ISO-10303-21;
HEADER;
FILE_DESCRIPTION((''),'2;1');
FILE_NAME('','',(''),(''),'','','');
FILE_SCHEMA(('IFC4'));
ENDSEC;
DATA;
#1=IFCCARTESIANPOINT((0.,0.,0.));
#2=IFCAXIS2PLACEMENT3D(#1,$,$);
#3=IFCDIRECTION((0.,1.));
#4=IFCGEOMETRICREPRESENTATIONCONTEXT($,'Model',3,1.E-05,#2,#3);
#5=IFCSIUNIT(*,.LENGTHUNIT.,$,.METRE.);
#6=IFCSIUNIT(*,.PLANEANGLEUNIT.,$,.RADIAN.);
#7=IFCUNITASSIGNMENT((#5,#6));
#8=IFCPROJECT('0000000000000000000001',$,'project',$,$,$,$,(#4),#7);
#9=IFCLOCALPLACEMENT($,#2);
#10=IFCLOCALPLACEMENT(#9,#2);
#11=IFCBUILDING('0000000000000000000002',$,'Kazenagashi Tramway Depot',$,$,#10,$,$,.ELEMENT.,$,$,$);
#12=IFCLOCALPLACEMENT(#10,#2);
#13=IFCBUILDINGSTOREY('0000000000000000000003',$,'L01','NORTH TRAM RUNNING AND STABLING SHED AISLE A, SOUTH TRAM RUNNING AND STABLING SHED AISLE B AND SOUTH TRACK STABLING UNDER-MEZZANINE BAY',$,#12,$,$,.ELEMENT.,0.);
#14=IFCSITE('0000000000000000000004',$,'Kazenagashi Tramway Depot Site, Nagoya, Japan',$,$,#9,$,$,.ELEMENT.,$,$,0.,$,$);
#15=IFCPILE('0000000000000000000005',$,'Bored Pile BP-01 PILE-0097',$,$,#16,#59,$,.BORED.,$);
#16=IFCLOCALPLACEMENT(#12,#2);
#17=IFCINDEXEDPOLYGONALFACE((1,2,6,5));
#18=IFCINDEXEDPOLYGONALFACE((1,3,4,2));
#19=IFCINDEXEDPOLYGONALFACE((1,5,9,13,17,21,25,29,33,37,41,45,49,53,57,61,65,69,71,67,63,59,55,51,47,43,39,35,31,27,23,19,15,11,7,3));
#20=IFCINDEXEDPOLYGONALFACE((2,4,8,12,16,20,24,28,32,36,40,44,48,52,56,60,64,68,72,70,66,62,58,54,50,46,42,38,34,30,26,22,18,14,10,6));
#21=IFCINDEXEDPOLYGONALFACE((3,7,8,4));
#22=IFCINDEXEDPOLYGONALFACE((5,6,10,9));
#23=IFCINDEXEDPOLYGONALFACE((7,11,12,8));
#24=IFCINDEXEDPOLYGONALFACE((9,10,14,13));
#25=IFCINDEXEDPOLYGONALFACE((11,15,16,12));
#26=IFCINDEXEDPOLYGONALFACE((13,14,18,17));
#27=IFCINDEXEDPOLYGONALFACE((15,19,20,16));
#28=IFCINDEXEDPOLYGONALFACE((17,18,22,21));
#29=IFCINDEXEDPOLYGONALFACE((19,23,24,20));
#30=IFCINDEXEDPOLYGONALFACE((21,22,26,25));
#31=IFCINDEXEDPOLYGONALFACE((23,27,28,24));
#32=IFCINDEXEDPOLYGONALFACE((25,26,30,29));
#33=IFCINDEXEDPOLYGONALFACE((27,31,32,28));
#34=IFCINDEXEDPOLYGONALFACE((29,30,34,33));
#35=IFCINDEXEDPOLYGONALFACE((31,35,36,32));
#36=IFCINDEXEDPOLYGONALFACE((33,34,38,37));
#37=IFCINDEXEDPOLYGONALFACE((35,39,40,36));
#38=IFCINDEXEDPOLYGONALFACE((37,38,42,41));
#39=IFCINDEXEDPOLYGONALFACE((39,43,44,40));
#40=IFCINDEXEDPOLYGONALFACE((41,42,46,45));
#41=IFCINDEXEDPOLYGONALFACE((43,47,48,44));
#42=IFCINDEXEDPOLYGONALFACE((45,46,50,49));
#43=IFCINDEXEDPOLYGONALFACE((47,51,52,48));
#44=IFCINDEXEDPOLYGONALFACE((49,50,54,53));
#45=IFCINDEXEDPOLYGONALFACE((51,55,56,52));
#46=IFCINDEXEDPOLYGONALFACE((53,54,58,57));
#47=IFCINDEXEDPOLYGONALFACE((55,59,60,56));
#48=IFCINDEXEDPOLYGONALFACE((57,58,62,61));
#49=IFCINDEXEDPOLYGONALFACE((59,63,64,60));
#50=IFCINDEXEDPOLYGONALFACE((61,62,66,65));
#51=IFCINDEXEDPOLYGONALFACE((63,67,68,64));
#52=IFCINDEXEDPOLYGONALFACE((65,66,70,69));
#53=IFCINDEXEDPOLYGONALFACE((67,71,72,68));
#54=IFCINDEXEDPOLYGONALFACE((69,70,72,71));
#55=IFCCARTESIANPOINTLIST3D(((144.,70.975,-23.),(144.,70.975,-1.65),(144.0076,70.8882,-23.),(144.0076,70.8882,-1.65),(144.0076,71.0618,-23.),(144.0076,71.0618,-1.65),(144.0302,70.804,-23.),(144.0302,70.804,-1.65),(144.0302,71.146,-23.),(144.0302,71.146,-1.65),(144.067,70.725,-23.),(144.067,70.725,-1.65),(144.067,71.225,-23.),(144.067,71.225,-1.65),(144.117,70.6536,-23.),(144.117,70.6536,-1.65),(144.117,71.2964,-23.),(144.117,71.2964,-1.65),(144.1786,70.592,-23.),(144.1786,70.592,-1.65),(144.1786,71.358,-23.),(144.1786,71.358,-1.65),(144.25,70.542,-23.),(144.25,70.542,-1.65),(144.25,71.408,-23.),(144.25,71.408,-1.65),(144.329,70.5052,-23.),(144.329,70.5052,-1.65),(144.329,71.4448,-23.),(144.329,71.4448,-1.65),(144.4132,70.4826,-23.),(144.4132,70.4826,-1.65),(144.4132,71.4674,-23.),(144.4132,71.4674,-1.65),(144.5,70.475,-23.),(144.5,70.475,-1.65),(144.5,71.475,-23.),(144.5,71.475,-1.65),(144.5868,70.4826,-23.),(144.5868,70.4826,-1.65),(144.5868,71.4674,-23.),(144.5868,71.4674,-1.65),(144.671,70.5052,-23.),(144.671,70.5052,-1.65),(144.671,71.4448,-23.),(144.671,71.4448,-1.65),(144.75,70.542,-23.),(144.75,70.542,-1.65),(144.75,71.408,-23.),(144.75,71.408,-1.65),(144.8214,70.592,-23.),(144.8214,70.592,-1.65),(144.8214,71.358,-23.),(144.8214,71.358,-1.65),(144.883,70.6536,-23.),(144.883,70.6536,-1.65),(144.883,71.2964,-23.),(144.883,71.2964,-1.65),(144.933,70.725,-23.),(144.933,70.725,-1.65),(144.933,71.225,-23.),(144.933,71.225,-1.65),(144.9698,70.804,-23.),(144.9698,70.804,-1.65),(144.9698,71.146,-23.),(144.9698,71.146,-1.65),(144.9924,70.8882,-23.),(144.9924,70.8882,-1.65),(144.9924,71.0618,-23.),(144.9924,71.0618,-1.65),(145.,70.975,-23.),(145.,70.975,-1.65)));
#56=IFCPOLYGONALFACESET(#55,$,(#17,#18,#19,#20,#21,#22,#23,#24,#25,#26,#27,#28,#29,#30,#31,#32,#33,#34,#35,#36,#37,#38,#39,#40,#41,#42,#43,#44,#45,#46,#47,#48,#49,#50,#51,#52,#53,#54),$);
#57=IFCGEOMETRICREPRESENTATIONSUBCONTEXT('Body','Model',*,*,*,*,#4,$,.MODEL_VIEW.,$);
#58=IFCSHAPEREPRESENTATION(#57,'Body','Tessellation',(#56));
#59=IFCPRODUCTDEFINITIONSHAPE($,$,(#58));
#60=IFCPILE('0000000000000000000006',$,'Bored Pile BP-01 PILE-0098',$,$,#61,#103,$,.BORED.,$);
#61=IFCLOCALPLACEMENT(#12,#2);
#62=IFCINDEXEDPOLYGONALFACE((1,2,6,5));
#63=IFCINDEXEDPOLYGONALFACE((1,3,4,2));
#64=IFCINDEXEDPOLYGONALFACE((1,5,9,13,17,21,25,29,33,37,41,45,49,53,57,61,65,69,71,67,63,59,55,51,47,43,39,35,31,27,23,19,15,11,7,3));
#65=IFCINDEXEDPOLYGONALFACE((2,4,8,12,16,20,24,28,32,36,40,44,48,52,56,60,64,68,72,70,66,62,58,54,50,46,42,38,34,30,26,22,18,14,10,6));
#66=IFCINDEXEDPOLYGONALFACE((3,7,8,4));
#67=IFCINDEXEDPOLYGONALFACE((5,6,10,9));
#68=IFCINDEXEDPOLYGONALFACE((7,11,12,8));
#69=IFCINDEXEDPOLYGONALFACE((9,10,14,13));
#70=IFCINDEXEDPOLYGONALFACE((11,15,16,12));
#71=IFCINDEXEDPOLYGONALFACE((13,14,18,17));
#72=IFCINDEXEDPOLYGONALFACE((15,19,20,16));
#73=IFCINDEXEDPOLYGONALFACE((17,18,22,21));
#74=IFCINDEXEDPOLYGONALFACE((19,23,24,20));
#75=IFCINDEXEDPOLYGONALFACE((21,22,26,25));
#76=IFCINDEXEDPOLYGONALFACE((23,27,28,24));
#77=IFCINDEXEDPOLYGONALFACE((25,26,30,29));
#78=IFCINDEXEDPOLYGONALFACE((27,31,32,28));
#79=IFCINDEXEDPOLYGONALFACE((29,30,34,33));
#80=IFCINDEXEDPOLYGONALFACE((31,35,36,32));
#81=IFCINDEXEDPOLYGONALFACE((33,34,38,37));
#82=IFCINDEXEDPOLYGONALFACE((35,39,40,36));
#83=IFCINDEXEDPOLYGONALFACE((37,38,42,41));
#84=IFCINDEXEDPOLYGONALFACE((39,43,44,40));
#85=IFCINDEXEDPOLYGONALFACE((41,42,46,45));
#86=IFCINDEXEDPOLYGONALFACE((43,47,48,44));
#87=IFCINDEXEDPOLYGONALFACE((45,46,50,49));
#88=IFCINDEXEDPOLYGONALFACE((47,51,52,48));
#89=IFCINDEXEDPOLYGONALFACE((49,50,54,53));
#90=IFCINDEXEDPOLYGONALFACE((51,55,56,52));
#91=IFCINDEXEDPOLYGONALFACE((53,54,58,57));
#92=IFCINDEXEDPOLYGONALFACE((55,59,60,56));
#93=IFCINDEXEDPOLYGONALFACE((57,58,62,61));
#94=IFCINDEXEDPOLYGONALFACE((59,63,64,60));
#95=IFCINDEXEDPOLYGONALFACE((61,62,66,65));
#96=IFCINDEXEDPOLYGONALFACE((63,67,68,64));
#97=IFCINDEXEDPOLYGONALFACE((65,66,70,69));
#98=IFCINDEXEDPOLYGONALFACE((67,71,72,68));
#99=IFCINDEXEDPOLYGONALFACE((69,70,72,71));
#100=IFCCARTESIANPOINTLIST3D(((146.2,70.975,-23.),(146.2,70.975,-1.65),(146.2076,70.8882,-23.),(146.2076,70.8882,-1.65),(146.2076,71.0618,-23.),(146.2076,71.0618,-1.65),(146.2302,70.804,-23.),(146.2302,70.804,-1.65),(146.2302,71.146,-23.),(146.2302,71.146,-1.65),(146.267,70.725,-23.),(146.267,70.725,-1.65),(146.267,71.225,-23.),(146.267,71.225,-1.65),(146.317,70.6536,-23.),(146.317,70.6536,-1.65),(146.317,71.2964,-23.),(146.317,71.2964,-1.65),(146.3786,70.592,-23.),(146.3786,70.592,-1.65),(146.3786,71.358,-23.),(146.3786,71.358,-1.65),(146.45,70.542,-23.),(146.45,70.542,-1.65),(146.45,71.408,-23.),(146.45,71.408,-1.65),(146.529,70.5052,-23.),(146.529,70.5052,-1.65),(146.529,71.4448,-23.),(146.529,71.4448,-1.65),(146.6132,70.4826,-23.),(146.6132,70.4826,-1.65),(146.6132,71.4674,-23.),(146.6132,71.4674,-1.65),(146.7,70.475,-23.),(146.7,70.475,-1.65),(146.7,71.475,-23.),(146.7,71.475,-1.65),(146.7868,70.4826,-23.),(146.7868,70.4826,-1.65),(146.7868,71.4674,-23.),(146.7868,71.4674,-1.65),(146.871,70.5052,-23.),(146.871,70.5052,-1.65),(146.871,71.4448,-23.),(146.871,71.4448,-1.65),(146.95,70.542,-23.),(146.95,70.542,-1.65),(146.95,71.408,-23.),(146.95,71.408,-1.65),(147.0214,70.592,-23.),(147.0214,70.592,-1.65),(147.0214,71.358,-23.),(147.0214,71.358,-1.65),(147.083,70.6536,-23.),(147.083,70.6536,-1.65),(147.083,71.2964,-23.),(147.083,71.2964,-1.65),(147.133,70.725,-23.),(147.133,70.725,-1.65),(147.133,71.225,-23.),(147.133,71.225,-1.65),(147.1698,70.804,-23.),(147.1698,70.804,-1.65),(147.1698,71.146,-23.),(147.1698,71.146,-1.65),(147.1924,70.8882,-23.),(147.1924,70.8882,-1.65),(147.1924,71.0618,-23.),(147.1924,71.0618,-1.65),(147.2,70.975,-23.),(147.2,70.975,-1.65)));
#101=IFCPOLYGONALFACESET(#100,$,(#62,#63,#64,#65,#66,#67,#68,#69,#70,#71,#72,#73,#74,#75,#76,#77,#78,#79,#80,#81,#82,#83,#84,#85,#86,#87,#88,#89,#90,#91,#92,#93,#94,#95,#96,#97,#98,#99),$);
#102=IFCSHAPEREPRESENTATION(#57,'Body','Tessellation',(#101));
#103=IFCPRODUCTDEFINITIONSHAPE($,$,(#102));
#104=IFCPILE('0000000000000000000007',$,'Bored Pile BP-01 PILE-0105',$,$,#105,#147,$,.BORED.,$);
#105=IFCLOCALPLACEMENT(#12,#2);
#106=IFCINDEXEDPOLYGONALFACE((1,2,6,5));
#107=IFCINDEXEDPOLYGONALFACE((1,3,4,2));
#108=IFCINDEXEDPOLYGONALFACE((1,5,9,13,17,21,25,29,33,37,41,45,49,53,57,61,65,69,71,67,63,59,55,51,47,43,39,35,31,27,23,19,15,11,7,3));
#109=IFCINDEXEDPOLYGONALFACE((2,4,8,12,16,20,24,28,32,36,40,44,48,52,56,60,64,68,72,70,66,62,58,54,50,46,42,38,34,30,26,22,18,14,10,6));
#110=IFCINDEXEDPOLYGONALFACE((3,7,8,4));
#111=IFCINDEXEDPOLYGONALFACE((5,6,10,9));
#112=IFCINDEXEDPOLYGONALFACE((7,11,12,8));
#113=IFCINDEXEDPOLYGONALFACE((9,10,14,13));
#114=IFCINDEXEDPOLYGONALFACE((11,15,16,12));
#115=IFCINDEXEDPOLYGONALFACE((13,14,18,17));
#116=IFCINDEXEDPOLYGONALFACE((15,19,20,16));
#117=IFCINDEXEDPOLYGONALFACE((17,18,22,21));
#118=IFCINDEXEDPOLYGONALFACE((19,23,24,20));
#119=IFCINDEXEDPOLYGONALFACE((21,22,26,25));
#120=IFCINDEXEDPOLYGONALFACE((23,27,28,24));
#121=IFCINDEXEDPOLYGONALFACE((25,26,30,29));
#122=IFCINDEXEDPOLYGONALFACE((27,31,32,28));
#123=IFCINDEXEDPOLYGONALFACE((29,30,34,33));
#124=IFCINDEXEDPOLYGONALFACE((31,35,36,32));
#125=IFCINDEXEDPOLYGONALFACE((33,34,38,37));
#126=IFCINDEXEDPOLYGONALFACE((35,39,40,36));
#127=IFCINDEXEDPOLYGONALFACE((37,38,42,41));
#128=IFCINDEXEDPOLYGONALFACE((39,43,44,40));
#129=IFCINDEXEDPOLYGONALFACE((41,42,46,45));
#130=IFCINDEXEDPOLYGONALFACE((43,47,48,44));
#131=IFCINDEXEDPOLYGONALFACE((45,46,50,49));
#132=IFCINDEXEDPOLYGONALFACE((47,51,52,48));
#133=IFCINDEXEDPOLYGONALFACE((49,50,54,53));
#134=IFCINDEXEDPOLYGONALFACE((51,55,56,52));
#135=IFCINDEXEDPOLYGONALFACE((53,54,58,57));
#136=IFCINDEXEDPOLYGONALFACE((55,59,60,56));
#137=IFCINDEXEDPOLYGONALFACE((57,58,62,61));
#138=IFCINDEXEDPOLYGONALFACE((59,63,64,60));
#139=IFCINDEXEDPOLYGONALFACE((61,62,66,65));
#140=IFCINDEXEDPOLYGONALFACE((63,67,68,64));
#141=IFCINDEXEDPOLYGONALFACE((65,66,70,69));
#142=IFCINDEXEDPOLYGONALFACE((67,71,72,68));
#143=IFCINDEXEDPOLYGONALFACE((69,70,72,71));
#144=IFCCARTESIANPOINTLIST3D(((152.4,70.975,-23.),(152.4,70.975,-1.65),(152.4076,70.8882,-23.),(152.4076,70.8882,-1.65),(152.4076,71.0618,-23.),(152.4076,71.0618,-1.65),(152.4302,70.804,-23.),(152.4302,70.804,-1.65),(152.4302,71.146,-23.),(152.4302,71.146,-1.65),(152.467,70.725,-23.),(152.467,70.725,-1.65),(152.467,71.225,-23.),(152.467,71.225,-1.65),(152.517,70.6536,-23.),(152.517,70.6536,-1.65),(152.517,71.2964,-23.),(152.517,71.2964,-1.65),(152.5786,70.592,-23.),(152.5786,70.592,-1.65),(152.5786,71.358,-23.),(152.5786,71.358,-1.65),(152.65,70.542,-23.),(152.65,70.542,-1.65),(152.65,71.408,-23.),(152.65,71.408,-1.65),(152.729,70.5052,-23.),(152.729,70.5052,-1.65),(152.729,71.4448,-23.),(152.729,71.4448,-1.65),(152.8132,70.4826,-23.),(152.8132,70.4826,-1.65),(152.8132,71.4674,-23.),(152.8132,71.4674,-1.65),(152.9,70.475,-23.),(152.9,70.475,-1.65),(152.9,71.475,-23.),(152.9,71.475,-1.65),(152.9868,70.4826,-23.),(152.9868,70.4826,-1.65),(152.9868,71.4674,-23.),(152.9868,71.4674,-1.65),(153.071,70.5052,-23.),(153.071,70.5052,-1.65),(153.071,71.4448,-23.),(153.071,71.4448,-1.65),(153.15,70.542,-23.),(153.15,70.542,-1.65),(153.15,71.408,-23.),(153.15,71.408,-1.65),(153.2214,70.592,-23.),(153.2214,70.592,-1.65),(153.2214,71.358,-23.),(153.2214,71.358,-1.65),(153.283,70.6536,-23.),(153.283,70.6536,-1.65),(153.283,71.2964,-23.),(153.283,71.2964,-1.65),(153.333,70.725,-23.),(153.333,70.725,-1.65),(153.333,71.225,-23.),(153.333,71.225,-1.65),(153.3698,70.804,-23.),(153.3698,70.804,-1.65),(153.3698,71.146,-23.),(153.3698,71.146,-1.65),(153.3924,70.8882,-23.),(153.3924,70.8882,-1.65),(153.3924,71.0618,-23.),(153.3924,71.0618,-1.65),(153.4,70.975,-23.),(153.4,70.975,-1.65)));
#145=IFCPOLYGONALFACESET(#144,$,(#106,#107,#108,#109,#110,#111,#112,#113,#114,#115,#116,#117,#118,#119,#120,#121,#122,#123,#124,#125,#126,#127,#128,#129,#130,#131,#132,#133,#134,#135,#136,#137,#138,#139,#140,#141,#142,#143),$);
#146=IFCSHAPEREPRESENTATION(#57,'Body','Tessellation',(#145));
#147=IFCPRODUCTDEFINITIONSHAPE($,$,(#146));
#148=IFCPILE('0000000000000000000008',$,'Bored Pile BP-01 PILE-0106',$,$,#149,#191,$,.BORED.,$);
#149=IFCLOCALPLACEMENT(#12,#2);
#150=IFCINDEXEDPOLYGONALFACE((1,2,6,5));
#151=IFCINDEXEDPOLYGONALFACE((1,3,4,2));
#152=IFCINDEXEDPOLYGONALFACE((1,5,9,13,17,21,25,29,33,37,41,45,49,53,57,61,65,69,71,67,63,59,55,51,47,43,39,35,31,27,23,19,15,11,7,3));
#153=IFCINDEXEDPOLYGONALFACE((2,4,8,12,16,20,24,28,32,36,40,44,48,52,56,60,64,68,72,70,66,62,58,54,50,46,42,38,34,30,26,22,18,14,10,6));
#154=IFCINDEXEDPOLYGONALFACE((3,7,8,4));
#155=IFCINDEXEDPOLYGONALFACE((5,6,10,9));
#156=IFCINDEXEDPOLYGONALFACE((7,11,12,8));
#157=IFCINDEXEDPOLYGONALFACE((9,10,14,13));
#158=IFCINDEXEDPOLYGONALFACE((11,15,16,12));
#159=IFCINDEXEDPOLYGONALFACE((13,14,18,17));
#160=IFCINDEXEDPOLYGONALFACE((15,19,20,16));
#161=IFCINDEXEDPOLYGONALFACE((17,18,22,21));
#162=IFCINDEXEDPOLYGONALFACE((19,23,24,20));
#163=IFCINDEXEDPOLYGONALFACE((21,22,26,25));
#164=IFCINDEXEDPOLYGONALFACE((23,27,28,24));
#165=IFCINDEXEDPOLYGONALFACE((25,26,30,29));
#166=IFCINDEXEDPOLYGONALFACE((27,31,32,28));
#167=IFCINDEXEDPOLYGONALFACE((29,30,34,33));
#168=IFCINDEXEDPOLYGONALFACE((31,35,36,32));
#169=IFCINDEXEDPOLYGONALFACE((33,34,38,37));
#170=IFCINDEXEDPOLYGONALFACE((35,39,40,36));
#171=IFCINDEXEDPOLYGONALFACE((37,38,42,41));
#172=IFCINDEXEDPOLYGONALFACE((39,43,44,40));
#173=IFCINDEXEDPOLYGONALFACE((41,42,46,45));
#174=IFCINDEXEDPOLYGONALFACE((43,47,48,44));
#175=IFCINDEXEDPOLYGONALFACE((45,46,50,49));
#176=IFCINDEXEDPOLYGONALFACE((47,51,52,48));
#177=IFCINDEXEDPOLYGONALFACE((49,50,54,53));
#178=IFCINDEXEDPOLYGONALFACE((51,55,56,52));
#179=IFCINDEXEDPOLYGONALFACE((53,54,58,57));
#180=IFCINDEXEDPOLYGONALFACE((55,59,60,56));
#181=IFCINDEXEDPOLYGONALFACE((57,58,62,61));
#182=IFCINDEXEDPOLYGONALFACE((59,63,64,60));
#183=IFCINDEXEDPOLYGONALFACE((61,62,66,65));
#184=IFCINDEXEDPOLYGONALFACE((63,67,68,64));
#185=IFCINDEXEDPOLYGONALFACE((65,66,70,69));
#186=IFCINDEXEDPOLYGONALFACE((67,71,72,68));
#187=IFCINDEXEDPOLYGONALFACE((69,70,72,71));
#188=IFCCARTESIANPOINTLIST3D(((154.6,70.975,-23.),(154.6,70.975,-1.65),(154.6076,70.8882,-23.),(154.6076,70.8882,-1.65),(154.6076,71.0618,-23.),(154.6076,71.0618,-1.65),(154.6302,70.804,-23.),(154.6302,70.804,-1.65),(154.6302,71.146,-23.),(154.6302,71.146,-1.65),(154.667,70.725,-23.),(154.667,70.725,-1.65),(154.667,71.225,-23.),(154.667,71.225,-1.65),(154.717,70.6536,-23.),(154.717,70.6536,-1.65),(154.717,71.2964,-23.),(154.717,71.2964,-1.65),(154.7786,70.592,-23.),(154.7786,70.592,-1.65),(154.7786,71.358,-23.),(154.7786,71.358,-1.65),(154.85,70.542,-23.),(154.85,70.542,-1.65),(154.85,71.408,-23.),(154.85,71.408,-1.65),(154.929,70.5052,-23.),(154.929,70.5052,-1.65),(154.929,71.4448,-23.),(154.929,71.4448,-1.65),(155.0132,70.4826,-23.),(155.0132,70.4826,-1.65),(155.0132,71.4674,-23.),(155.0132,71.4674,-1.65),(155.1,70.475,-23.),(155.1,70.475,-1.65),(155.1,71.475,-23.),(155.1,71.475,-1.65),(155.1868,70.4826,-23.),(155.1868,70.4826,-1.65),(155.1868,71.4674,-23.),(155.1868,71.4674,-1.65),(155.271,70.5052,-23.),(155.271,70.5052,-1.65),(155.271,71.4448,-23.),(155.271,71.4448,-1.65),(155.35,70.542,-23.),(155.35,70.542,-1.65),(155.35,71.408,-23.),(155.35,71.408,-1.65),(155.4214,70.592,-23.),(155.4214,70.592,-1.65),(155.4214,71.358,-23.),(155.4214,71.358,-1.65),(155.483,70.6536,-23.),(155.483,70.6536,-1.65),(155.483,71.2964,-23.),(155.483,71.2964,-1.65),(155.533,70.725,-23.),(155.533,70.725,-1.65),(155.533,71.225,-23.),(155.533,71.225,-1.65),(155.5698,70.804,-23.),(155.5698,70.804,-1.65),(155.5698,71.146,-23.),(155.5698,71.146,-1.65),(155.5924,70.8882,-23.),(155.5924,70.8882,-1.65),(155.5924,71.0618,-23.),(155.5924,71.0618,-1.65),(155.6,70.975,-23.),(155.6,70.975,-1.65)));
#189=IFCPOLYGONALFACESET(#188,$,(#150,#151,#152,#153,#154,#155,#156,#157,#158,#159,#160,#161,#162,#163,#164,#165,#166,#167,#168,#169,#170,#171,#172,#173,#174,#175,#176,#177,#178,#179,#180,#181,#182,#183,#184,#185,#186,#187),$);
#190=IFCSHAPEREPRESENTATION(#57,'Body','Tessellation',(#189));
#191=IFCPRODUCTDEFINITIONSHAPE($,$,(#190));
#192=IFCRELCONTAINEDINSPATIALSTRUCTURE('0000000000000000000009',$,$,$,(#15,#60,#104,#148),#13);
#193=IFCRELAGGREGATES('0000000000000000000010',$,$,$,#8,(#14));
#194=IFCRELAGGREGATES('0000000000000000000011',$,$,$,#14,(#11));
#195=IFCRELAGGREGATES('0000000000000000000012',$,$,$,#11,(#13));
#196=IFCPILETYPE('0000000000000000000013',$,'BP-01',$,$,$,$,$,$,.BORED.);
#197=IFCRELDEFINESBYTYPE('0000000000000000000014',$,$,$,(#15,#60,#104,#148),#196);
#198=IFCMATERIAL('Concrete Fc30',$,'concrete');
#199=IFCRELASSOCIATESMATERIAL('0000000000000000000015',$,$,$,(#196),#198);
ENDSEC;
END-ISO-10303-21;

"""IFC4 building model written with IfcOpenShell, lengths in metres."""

from ifc_helpers import new_model, si_unit, direction, frame, origin, origin_2d, place, context, subcontext, project, spatial, circle, extrude, material, material_profile, profile_set, type_object, element, save


model = new_model("IFC4")

# Units and contexts
model_context = context("Model", 3, precision=1e-05, world=origin(), true_north=direction((0.0, 1.0)))
body_context = subcontext(model_context, "Body", "Model", "MODEL_VIEW")
ifc_project = project(units=[si_unit("LENGTHUNIT", "METRE"), si_unit("PLANEANGLEUNIT", "RADIAN")], contexts=[model_context])

# Site, building, storey
site_placement = place(None, origin())
site = spatial("IfcSite", under=ifc_project, at=site_placement, Name="Kazenagashi Tramway Depot Site, Nagoya, Japan", CompositionType="ELEMENT", RefElevation=0.0)
building_placement = place(site_placement, origin())
building = spatial("IfcBuilding", under=site, at=building_placement, Name="Kazenagashi Tramway Depot", CompositionType="ELEMENT")
storey_placement = place(building_placement, origin())
storey = spatial("IfcBuildingStorey", under=building, at=storey_placement, Name="L01", Description="NORTH TRAM RUNNING AND STABLING SHED AISLE A, SOUTH TRAM RUNNING AND STABLING SHED AISLE B AND SOUTH TRACK STABLING UNDER-MEZZANINE BAY", CompositionType="ELEMENT", Elevation=0.0)

# Piles
ifc_material_1 = material(Name="Concrete Fc30", Category="concrete")
ifc_material_profile_1 = material_profile(ifc_material_1, circle(Radius=0.5, at=origin_2d()), Name="PILE-1000")
ifc_profile_set_1 = profile_set([ifc_material_profile_1], Name="Concrete Fc30")
pile_type_1 = type_object("IfcPileType", Name="BP-01", PredefinedType="BORED", material=ifc_profile_set_1)
for number, where, z_axis, x_axis, name in (
    (1, (144.5, 70.975, -1.65), (0.0, 0.0, -1.0), (1.0, 0.0, 0.0), "Bored Pile BP-01 PILE-0097"),
    (2, (146.7, 70.975, -1.65), (0.0, 0.0, -1.0), (1.0, 0.0, 0.0), "Bored Pile BP-01 PILE-0098"),
    (3, (152.9, 70.975, -1.65), (0.0, 0.0, -1.0), (1.0, 0.0, 0.0), "Bored Pile BP-01 PILE-0105"),
    (4, (155.1, 70.975, -1.65), (0.0, 0.0, -1.0), (1.0, 0.0, 0.0), "Bored Pile BP-01 PILE-0106"),
):
    element("IfcPile", number, at=place(storey_placement, frame(where, z_axis=z_axis, x_axis=x_axis)), inside=storey, type_object=pile_type_1, Name=name, PredefinedType="BORED", context=body_context, shape_type="SweptSolid", body=[
        extrude(circle(Radius=0.5, at=origin_2d()), origin(), (0.0, 0.0, 1.0), 21.35),
    ])

save(model, "model.ifc")
